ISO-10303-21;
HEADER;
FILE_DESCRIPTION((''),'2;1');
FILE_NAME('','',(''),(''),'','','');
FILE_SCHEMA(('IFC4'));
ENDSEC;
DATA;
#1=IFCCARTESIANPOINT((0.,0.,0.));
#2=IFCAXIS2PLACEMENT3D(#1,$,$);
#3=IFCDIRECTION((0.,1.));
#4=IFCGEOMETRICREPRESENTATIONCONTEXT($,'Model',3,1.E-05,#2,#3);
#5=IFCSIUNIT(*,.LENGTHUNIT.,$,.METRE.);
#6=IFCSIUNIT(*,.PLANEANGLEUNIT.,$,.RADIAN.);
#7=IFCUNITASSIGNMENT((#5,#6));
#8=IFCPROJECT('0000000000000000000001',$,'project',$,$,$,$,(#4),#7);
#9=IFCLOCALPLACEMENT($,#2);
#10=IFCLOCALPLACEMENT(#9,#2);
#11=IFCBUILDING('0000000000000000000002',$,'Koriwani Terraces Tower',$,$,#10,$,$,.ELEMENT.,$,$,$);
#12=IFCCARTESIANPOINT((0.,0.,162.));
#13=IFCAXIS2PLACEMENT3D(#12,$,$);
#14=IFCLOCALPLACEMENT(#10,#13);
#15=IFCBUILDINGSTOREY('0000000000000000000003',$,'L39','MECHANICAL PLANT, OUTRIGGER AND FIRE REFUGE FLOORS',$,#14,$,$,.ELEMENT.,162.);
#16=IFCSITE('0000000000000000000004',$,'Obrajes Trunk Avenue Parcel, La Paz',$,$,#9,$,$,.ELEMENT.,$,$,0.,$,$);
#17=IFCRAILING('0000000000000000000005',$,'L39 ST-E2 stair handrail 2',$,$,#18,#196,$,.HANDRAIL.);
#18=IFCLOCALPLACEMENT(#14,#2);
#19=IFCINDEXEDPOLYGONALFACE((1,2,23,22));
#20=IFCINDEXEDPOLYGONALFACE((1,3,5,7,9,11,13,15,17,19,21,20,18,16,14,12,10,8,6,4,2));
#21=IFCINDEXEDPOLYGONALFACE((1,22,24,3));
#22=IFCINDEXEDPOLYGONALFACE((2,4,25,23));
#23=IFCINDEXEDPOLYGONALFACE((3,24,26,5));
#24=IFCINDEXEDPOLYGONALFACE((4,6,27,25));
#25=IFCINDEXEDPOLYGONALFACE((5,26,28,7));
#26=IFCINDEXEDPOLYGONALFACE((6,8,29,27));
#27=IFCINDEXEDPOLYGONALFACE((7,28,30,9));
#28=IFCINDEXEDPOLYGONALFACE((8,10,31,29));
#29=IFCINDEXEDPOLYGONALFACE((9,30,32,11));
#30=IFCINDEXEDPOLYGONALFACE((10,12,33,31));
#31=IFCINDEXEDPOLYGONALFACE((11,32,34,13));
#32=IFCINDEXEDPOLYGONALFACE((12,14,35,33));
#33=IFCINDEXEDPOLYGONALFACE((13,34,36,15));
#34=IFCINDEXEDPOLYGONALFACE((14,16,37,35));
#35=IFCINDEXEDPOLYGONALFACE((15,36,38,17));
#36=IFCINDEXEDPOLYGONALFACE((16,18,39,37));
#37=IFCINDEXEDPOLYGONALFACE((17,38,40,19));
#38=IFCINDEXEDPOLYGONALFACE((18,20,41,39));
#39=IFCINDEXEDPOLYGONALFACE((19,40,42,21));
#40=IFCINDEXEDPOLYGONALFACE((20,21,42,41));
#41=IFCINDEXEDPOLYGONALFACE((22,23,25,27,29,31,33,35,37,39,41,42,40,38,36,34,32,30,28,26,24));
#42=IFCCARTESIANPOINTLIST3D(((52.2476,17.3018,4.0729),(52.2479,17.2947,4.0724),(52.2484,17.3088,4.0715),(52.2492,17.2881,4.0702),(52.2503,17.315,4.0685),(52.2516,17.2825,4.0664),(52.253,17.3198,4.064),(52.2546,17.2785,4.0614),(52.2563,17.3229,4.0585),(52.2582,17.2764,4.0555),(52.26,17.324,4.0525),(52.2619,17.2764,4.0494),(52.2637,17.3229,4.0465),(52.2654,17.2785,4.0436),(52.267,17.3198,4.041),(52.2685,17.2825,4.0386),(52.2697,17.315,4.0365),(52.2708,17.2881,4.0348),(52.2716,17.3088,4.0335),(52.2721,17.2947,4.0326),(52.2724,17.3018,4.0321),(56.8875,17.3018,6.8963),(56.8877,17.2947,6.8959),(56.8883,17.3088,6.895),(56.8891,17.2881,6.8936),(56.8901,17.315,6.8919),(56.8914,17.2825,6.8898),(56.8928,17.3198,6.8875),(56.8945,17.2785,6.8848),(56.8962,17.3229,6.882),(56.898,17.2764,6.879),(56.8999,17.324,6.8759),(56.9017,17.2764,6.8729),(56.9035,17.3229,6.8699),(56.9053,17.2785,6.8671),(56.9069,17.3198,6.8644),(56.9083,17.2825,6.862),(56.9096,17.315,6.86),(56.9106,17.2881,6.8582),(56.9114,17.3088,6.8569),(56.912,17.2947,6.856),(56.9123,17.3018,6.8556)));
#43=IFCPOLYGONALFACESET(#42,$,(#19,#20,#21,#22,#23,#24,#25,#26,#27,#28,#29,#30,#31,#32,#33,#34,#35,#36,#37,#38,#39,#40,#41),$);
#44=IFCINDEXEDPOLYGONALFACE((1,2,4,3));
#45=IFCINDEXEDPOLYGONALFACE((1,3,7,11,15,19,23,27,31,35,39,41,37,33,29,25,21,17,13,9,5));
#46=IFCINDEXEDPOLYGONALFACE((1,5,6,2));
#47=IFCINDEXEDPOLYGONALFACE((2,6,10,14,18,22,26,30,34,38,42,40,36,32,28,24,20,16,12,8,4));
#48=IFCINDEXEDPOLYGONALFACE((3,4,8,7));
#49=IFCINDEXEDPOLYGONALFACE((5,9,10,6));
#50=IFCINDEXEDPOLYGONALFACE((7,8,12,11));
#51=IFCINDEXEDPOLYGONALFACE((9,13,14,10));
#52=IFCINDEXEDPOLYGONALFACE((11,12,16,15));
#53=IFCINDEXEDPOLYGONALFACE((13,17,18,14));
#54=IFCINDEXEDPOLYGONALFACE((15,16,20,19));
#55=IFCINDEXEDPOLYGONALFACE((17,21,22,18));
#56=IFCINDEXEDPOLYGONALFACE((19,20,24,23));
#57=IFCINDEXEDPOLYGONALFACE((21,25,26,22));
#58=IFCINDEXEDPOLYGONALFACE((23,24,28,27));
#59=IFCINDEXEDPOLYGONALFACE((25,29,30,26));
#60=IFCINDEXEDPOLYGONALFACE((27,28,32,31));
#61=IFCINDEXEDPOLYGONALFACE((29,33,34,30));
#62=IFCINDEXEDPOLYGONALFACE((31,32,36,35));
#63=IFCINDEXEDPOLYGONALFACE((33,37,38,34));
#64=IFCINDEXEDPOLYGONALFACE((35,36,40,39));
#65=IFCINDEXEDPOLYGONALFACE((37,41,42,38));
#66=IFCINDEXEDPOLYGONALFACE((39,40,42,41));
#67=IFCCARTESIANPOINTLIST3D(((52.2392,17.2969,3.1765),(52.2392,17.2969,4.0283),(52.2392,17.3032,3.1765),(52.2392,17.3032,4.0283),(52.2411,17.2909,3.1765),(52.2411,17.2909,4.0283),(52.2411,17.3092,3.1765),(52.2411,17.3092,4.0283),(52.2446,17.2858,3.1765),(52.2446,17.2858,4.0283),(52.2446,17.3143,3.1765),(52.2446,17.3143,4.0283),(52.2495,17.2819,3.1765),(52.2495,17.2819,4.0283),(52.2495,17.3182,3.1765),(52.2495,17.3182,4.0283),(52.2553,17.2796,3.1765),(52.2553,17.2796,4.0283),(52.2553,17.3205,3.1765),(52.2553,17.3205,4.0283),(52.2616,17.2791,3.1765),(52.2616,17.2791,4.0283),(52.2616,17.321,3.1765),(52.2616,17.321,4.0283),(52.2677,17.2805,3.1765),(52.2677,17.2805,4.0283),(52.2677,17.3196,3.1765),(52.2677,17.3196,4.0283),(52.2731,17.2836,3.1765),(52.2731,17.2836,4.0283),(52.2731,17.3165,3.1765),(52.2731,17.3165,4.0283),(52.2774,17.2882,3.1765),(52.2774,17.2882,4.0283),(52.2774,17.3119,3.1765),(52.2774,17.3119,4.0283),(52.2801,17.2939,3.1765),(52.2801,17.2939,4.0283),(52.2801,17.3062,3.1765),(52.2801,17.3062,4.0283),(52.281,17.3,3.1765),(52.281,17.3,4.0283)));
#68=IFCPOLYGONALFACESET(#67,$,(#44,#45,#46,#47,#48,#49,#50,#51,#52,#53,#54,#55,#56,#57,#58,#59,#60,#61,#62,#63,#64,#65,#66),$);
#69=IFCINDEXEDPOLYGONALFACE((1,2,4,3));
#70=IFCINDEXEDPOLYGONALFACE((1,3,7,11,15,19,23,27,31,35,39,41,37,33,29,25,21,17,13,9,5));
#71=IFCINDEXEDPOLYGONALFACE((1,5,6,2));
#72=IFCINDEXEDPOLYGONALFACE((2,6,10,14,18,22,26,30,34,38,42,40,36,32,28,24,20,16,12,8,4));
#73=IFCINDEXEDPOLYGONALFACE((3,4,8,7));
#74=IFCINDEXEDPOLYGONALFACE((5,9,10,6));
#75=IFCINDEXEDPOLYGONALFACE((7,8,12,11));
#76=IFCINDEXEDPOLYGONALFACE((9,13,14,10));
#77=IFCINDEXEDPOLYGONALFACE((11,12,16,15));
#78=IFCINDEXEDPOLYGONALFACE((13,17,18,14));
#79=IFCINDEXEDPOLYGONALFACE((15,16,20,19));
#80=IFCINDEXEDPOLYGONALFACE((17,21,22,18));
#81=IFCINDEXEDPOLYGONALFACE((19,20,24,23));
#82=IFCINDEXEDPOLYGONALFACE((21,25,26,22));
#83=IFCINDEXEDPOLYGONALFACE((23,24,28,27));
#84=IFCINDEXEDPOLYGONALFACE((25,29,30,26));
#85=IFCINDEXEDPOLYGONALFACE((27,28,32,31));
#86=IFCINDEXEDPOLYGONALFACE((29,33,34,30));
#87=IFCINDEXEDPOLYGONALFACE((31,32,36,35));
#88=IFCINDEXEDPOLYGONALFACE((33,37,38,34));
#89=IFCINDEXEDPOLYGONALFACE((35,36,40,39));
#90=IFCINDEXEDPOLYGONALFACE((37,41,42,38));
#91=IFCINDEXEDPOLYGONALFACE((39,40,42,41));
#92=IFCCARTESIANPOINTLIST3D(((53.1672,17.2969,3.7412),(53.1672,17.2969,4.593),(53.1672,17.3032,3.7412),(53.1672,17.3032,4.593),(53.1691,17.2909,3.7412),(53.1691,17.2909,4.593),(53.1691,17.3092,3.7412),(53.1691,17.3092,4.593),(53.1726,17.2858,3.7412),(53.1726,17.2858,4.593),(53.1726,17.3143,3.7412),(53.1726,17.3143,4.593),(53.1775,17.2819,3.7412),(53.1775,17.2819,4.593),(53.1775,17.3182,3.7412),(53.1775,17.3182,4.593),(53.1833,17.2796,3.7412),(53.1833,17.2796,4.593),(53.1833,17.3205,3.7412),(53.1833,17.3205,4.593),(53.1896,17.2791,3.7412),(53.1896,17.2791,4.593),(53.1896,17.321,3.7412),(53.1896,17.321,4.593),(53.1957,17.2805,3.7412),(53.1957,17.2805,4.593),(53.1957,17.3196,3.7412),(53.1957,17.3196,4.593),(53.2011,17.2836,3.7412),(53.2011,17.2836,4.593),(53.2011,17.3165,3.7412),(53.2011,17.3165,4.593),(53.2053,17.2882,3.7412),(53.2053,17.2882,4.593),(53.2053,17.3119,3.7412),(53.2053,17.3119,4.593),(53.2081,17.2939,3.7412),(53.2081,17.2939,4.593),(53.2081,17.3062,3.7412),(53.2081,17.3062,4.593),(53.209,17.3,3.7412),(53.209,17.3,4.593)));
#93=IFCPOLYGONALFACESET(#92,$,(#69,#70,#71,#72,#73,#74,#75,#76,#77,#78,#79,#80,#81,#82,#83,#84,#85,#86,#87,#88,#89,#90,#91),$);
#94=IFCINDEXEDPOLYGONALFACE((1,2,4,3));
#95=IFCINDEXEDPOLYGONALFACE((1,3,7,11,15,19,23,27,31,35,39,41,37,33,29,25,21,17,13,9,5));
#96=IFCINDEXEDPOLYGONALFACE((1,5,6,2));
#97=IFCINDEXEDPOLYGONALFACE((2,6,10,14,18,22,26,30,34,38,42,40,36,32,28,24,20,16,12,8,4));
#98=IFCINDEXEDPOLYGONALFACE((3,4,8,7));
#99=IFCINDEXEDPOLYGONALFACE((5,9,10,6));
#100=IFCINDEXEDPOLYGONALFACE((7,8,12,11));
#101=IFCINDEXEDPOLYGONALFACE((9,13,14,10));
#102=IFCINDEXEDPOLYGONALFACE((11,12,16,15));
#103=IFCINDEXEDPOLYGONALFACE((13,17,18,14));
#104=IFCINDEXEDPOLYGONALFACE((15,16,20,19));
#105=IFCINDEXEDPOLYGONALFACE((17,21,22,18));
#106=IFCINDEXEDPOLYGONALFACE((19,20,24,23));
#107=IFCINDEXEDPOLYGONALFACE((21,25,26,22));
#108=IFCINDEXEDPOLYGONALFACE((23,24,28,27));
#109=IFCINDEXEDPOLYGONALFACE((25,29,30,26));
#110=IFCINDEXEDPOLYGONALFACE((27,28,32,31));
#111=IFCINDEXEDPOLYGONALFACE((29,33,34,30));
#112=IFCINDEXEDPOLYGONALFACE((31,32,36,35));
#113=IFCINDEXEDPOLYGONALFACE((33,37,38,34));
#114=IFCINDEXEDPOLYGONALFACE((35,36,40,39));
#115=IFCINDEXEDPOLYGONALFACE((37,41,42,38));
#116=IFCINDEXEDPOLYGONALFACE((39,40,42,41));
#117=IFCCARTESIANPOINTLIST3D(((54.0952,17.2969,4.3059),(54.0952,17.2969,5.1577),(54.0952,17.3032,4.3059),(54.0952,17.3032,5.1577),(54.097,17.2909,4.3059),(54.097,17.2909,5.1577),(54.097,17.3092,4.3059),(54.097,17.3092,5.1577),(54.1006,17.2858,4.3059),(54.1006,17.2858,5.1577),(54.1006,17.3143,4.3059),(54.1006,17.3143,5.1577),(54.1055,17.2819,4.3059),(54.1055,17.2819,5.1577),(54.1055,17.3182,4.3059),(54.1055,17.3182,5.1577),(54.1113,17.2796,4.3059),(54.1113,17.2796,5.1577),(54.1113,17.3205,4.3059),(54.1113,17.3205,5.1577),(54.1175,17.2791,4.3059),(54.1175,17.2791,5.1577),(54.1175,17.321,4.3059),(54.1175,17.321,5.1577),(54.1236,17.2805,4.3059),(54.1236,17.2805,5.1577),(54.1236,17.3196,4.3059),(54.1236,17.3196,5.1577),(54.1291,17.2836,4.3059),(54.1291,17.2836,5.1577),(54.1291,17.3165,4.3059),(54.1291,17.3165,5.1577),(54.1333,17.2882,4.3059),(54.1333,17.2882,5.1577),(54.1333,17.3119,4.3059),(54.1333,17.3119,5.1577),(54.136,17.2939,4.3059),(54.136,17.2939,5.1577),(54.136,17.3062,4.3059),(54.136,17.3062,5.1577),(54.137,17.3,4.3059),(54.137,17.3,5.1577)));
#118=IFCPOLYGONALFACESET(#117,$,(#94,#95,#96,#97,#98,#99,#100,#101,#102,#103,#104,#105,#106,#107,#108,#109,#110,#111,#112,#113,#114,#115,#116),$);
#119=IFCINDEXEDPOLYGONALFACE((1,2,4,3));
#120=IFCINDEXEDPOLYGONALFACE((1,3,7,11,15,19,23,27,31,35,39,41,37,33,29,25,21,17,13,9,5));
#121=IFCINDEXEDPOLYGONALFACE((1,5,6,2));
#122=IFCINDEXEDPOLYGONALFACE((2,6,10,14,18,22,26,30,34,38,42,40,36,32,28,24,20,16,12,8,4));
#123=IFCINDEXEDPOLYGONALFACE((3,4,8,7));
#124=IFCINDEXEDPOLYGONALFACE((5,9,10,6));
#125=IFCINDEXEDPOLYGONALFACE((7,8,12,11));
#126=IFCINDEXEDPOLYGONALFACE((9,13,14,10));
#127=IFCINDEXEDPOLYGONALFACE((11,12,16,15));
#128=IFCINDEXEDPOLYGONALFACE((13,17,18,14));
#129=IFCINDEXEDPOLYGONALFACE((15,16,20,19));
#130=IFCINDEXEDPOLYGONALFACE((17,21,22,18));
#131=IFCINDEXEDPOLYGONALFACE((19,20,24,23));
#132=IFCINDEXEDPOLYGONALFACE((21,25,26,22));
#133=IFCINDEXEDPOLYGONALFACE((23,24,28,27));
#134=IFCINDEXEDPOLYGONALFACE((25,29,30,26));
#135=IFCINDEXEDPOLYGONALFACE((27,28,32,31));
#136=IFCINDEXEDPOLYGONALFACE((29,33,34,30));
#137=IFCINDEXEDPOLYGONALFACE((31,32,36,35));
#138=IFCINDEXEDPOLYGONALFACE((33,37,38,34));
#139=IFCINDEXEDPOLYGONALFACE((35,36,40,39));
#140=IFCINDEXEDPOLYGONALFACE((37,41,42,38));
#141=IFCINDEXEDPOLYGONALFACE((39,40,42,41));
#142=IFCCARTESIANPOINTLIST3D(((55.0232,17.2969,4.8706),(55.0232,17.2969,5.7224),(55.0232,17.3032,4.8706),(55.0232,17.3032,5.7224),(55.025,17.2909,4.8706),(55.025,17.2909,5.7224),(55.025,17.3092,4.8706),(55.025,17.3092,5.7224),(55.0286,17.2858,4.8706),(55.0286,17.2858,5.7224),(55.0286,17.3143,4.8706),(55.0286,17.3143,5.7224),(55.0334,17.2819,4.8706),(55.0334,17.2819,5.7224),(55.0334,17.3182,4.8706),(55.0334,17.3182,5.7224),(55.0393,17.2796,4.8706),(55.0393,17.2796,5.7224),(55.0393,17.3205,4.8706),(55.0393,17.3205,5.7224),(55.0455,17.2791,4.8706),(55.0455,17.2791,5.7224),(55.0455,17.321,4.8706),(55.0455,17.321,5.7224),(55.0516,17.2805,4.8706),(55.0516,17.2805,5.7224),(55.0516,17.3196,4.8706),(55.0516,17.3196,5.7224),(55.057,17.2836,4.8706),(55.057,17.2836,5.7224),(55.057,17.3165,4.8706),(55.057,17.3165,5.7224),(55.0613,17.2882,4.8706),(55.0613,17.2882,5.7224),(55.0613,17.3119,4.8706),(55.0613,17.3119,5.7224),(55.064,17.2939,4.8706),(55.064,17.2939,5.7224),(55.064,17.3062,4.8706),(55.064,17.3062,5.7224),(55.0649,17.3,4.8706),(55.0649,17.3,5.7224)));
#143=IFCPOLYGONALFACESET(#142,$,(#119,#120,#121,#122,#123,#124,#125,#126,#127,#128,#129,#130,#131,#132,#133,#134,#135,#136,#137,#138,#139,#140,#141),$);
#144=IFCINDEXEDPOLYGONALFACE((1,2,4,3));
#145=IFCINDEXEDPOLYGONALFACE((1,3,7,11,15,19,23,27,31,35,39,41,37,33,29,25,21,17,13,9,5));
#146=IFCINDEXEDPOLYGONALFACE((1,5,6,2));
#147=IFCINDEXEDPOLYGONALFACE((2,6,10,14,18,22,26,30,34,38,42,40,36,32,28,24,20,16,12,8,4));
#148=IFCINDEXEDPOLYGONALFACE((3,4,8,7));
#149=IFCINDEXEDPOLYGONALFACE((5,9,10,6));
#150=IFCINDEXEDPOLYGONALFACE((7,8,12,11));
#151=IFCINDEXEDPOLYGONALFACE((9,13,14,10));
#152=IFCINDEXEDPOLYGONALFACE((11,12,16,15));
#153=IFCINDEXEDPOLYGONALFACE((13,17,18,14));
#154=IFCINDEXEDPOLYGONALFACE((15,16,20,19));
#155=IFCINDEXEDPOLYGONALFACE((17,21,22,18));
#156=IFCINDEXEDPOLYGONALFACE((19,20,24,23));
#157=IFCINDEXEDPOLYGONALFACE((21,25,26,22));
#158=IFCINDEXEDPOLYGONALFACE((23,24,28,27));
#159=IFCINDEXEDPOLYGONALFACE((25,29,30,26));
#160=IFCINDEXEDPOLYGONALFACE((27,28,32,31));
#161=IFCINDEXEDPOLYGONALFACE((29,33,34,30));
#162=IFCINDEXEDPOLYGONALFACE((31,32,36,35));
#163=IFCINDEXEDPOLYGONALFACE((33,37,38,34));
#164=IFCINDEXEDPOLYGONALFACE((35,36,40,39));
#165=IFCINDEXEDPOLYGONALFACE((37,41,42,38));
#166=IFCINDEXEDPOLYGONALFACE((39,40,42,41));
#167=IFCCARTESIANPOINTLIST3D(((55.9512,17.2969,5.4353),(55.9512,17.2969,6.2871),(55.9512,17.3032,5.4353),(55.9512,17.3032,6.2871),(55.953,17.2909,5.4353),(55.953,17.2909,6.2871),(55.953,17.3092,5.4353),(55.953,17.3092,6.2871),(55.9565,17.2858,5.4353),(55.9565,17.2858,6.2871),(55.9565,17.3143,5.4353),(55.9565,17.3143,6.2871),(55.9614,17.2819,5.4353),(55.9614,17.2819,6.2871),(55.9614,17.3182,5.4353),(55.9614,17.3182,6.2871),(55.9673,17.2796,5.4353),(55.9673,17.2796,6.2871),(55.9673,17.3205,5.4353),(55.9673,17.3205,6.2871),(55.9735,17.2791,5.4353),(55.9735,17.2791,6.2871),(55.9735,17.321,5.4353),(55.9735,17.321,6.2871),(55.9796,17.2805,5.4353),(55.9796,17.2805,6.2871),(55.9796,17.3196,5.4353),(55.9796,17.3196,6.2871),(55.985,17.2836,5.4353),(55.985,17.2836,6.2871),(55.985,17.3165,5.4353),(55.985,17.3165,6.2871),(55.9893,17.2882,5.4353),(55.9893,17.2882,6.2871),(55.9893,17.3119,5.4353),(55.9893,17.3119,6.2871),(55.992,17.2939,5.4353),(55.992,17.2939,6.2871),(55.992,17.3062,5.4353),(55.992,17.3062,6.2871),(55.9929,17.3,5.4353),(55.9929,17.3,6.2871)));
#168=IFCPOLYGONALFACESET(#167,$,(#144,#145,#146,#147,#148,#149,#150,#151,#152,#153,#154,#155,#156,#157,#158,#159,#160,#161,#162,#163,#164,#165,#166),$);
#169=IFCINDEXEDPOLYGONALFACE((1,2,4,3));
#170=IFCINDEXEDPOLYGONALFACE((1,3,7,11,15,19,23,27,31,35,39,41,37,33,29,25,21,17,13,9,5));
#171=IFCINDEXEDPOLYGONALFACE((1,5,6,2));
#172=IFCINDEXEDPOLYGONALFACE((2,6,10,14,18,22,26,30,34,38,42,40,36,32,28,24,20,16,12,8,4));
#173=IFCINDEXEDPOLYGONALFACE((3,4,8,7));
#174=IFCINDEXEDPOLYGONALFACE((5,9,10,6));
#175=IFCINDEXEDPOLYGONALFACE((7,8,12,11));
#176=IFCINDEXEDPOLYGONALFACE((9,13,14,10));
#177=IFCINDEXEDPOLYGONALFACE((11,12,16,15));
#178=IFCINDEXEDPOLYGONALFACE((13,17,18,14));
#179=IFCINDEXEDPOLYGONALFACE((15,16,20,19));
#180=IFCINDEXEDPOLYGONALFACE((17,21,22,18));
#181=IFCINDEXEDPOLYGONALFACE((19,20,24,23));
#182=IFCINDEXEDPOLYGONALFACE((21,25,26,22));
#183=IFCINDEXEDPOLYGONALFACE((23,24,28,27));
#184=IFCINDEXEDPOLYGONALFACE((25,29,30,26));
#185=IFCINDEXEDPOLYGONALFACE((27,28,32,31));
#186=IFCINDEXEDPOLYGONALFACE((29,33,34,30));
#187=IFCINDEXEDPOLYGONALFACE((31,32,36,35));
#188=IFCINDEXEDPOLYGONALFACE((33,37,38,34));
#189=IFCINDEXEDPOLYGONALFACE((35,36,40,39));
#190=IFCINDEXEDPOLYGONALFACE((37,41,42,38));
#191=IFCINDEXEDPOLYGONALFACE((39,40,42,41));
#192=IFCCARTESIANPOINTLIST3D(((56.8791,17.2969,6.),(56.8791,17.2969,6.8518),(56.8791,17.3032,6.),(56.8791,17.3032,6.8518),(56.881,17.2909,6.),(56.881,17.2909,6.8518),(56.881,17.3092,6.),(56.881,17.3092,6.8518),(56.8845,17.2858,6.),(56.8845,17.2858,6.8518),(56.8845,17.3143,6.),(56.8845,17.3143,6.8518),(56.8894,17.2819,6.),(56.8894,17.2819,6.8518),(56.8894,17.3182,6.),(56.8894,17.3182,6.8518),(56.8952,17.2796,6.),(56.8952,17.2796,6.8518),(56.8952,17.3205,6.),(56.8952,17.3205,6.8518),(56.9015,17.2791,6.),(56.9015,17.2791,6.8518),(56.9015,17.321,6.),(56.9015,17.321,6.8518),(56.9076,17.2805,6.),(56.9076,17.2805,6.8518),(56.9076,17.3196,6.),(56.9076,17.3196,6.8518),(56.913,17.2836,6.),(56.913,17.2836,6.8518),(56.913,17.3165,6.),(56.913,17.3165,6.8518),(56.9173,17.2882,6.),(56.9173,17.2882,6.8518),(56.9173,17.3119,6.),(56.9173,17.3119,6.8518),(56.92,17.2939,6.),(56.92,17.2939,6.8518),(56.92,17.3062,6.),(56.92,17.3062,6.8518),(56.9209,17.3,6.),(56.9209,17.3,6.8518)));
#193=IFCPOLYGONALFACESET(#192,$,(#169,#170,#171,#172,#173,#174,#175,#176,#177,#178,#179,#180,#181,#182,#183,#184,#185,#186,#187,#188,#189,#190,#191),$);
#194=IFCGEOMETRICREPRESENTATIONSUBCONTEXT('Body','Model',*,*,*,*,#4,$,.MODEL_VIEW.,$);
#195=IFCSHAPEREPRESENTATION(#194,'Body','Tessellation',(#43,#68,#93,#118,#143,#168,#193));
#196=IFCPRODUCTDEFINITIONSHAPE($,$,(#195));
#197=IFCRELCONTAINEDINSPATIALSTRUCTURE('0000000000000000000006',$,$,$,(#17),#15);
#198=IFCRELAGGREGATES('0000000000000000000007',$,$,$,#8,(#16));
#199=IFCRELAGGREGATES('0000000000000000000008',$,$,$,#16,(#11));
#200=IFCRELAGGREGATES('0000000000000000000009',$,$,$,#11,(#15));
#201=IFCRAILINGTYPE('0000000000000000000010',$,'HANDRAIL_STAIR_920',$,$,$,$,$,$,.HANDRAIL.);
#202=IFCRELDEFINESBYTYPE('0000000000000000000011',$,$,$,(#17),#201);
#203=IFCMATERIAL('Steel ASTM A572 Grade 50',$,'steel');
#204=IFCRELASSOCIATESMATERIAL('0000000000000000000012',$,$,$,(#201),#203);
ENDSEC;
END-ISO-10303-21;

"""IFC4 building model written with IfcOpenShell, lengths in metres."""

from ifc_helpers import new_model, si_unit, direction, frame, origin, origin_2d, place, context, subcontext, project, spatial, circle, extrude, material, type_object, element, save


model = new_model("IFC4")

# Units and contexts
model_context = context("Model", 3, precision=1e-05, world=origin(), true_north=direction((0.0, 1.0)))
body_context = subcontext(model_context, "Body", "Model", "MODEL_VIEW")
ifc_project = project(units=[si_unit("LENGTHUNIT", "METRE"), si_unit("PLANEANGLEUNIT", "RADIAN")], contexts=[model_context])

# Site, building, storey
site_placement = place(None, origin())
site = spatial("IfcSite", under=ifc_project, at=site_placement, Name="Obrajes Trunk Avenue Parcel, La Paz", CompositionType="ELEMENT", RefElevation=0.0)
building_placement = place(site_placement, origin())
building = spatial("IfcBuilding", under=site, at=building_placement, Name="Koriwani Terraces Tower", CompositionType="ELEMENT")
storey_placement = place(building_placement, frame((0.0, 0.0, 162.0)))
storey = spatial("IfcBuildingStorey", under=building, at=storey_placement, Name="L39", Description="MECHANICAL PLANT, OUTRIGGER AND FIRE REFUGE FLOORS", CompositionType="ELEMENT", Elevation=162.0)

# Shared definitions
ifc_material_1 = material(Name="Steel ASTM A572 Grade 50", Category="steel")

# Railing
railing_type_1 = type_object("IfcRailingType", Name="HANDRAIL_STAIR_920", PredefinedType="HANDRAIL", material=ifc_material_1)
railing_1_placement = place(storey_placement, frame((52.26, 17.3, 3.1765)))
element("IfcRailing", 1, at=railing_1_placement, inside=storey, type_object=railing_type_1, Name="L39 ST-E2 stair handrail 2", PredefinedType="HANDRAIL", context=body_context, shape_type="SweptSolid", body=[
    extrude(circle(Radius=0.0239, at=origin_2d()), frame((0.0, 0.0, 0.876), z_axis=(0.854264, 0.0, 0.51984), x_axis=(0.0, 1.0, 0.0)), (0.0, 0.0, 1.0), 5.4314),
    extrude(circle(Radius=0.021, at=origin_2d()), origin(), (0.0, 0.0, 1.0), 0.8518),
    extrude(circle(Radius=0.021, at=origin_2d()), frame((0.928, 0.0, 0.5647)), (0.0, 0.0, 1.0), 0.8518),
    extrude(circle(Radius=0.021, at=origin_2d()), frame((1.856, 0.0, 1.1294)), (0.0, 0.0, 1.0), 0.8518),
    extrude(circle(Radius=0.021, at=origin_2d()), frame((2.7839, 0.0, 1.6941)), (0.0, 0.0, 1.0), 0.8518),
    extrude(circle(Radius=0.021, at=origin_2d()), frame((3.7119, 0.0, 2.2588)), (0.0, 0.0, 1.0), 0.8518),
    extrude(circle(Radius=0.021, at=origin_2d()), frame((4.6399, 0.0, 2.8235)), (0.0, 0.0, 1.0), 0.8518),
])

save(model, "model.ifc")
